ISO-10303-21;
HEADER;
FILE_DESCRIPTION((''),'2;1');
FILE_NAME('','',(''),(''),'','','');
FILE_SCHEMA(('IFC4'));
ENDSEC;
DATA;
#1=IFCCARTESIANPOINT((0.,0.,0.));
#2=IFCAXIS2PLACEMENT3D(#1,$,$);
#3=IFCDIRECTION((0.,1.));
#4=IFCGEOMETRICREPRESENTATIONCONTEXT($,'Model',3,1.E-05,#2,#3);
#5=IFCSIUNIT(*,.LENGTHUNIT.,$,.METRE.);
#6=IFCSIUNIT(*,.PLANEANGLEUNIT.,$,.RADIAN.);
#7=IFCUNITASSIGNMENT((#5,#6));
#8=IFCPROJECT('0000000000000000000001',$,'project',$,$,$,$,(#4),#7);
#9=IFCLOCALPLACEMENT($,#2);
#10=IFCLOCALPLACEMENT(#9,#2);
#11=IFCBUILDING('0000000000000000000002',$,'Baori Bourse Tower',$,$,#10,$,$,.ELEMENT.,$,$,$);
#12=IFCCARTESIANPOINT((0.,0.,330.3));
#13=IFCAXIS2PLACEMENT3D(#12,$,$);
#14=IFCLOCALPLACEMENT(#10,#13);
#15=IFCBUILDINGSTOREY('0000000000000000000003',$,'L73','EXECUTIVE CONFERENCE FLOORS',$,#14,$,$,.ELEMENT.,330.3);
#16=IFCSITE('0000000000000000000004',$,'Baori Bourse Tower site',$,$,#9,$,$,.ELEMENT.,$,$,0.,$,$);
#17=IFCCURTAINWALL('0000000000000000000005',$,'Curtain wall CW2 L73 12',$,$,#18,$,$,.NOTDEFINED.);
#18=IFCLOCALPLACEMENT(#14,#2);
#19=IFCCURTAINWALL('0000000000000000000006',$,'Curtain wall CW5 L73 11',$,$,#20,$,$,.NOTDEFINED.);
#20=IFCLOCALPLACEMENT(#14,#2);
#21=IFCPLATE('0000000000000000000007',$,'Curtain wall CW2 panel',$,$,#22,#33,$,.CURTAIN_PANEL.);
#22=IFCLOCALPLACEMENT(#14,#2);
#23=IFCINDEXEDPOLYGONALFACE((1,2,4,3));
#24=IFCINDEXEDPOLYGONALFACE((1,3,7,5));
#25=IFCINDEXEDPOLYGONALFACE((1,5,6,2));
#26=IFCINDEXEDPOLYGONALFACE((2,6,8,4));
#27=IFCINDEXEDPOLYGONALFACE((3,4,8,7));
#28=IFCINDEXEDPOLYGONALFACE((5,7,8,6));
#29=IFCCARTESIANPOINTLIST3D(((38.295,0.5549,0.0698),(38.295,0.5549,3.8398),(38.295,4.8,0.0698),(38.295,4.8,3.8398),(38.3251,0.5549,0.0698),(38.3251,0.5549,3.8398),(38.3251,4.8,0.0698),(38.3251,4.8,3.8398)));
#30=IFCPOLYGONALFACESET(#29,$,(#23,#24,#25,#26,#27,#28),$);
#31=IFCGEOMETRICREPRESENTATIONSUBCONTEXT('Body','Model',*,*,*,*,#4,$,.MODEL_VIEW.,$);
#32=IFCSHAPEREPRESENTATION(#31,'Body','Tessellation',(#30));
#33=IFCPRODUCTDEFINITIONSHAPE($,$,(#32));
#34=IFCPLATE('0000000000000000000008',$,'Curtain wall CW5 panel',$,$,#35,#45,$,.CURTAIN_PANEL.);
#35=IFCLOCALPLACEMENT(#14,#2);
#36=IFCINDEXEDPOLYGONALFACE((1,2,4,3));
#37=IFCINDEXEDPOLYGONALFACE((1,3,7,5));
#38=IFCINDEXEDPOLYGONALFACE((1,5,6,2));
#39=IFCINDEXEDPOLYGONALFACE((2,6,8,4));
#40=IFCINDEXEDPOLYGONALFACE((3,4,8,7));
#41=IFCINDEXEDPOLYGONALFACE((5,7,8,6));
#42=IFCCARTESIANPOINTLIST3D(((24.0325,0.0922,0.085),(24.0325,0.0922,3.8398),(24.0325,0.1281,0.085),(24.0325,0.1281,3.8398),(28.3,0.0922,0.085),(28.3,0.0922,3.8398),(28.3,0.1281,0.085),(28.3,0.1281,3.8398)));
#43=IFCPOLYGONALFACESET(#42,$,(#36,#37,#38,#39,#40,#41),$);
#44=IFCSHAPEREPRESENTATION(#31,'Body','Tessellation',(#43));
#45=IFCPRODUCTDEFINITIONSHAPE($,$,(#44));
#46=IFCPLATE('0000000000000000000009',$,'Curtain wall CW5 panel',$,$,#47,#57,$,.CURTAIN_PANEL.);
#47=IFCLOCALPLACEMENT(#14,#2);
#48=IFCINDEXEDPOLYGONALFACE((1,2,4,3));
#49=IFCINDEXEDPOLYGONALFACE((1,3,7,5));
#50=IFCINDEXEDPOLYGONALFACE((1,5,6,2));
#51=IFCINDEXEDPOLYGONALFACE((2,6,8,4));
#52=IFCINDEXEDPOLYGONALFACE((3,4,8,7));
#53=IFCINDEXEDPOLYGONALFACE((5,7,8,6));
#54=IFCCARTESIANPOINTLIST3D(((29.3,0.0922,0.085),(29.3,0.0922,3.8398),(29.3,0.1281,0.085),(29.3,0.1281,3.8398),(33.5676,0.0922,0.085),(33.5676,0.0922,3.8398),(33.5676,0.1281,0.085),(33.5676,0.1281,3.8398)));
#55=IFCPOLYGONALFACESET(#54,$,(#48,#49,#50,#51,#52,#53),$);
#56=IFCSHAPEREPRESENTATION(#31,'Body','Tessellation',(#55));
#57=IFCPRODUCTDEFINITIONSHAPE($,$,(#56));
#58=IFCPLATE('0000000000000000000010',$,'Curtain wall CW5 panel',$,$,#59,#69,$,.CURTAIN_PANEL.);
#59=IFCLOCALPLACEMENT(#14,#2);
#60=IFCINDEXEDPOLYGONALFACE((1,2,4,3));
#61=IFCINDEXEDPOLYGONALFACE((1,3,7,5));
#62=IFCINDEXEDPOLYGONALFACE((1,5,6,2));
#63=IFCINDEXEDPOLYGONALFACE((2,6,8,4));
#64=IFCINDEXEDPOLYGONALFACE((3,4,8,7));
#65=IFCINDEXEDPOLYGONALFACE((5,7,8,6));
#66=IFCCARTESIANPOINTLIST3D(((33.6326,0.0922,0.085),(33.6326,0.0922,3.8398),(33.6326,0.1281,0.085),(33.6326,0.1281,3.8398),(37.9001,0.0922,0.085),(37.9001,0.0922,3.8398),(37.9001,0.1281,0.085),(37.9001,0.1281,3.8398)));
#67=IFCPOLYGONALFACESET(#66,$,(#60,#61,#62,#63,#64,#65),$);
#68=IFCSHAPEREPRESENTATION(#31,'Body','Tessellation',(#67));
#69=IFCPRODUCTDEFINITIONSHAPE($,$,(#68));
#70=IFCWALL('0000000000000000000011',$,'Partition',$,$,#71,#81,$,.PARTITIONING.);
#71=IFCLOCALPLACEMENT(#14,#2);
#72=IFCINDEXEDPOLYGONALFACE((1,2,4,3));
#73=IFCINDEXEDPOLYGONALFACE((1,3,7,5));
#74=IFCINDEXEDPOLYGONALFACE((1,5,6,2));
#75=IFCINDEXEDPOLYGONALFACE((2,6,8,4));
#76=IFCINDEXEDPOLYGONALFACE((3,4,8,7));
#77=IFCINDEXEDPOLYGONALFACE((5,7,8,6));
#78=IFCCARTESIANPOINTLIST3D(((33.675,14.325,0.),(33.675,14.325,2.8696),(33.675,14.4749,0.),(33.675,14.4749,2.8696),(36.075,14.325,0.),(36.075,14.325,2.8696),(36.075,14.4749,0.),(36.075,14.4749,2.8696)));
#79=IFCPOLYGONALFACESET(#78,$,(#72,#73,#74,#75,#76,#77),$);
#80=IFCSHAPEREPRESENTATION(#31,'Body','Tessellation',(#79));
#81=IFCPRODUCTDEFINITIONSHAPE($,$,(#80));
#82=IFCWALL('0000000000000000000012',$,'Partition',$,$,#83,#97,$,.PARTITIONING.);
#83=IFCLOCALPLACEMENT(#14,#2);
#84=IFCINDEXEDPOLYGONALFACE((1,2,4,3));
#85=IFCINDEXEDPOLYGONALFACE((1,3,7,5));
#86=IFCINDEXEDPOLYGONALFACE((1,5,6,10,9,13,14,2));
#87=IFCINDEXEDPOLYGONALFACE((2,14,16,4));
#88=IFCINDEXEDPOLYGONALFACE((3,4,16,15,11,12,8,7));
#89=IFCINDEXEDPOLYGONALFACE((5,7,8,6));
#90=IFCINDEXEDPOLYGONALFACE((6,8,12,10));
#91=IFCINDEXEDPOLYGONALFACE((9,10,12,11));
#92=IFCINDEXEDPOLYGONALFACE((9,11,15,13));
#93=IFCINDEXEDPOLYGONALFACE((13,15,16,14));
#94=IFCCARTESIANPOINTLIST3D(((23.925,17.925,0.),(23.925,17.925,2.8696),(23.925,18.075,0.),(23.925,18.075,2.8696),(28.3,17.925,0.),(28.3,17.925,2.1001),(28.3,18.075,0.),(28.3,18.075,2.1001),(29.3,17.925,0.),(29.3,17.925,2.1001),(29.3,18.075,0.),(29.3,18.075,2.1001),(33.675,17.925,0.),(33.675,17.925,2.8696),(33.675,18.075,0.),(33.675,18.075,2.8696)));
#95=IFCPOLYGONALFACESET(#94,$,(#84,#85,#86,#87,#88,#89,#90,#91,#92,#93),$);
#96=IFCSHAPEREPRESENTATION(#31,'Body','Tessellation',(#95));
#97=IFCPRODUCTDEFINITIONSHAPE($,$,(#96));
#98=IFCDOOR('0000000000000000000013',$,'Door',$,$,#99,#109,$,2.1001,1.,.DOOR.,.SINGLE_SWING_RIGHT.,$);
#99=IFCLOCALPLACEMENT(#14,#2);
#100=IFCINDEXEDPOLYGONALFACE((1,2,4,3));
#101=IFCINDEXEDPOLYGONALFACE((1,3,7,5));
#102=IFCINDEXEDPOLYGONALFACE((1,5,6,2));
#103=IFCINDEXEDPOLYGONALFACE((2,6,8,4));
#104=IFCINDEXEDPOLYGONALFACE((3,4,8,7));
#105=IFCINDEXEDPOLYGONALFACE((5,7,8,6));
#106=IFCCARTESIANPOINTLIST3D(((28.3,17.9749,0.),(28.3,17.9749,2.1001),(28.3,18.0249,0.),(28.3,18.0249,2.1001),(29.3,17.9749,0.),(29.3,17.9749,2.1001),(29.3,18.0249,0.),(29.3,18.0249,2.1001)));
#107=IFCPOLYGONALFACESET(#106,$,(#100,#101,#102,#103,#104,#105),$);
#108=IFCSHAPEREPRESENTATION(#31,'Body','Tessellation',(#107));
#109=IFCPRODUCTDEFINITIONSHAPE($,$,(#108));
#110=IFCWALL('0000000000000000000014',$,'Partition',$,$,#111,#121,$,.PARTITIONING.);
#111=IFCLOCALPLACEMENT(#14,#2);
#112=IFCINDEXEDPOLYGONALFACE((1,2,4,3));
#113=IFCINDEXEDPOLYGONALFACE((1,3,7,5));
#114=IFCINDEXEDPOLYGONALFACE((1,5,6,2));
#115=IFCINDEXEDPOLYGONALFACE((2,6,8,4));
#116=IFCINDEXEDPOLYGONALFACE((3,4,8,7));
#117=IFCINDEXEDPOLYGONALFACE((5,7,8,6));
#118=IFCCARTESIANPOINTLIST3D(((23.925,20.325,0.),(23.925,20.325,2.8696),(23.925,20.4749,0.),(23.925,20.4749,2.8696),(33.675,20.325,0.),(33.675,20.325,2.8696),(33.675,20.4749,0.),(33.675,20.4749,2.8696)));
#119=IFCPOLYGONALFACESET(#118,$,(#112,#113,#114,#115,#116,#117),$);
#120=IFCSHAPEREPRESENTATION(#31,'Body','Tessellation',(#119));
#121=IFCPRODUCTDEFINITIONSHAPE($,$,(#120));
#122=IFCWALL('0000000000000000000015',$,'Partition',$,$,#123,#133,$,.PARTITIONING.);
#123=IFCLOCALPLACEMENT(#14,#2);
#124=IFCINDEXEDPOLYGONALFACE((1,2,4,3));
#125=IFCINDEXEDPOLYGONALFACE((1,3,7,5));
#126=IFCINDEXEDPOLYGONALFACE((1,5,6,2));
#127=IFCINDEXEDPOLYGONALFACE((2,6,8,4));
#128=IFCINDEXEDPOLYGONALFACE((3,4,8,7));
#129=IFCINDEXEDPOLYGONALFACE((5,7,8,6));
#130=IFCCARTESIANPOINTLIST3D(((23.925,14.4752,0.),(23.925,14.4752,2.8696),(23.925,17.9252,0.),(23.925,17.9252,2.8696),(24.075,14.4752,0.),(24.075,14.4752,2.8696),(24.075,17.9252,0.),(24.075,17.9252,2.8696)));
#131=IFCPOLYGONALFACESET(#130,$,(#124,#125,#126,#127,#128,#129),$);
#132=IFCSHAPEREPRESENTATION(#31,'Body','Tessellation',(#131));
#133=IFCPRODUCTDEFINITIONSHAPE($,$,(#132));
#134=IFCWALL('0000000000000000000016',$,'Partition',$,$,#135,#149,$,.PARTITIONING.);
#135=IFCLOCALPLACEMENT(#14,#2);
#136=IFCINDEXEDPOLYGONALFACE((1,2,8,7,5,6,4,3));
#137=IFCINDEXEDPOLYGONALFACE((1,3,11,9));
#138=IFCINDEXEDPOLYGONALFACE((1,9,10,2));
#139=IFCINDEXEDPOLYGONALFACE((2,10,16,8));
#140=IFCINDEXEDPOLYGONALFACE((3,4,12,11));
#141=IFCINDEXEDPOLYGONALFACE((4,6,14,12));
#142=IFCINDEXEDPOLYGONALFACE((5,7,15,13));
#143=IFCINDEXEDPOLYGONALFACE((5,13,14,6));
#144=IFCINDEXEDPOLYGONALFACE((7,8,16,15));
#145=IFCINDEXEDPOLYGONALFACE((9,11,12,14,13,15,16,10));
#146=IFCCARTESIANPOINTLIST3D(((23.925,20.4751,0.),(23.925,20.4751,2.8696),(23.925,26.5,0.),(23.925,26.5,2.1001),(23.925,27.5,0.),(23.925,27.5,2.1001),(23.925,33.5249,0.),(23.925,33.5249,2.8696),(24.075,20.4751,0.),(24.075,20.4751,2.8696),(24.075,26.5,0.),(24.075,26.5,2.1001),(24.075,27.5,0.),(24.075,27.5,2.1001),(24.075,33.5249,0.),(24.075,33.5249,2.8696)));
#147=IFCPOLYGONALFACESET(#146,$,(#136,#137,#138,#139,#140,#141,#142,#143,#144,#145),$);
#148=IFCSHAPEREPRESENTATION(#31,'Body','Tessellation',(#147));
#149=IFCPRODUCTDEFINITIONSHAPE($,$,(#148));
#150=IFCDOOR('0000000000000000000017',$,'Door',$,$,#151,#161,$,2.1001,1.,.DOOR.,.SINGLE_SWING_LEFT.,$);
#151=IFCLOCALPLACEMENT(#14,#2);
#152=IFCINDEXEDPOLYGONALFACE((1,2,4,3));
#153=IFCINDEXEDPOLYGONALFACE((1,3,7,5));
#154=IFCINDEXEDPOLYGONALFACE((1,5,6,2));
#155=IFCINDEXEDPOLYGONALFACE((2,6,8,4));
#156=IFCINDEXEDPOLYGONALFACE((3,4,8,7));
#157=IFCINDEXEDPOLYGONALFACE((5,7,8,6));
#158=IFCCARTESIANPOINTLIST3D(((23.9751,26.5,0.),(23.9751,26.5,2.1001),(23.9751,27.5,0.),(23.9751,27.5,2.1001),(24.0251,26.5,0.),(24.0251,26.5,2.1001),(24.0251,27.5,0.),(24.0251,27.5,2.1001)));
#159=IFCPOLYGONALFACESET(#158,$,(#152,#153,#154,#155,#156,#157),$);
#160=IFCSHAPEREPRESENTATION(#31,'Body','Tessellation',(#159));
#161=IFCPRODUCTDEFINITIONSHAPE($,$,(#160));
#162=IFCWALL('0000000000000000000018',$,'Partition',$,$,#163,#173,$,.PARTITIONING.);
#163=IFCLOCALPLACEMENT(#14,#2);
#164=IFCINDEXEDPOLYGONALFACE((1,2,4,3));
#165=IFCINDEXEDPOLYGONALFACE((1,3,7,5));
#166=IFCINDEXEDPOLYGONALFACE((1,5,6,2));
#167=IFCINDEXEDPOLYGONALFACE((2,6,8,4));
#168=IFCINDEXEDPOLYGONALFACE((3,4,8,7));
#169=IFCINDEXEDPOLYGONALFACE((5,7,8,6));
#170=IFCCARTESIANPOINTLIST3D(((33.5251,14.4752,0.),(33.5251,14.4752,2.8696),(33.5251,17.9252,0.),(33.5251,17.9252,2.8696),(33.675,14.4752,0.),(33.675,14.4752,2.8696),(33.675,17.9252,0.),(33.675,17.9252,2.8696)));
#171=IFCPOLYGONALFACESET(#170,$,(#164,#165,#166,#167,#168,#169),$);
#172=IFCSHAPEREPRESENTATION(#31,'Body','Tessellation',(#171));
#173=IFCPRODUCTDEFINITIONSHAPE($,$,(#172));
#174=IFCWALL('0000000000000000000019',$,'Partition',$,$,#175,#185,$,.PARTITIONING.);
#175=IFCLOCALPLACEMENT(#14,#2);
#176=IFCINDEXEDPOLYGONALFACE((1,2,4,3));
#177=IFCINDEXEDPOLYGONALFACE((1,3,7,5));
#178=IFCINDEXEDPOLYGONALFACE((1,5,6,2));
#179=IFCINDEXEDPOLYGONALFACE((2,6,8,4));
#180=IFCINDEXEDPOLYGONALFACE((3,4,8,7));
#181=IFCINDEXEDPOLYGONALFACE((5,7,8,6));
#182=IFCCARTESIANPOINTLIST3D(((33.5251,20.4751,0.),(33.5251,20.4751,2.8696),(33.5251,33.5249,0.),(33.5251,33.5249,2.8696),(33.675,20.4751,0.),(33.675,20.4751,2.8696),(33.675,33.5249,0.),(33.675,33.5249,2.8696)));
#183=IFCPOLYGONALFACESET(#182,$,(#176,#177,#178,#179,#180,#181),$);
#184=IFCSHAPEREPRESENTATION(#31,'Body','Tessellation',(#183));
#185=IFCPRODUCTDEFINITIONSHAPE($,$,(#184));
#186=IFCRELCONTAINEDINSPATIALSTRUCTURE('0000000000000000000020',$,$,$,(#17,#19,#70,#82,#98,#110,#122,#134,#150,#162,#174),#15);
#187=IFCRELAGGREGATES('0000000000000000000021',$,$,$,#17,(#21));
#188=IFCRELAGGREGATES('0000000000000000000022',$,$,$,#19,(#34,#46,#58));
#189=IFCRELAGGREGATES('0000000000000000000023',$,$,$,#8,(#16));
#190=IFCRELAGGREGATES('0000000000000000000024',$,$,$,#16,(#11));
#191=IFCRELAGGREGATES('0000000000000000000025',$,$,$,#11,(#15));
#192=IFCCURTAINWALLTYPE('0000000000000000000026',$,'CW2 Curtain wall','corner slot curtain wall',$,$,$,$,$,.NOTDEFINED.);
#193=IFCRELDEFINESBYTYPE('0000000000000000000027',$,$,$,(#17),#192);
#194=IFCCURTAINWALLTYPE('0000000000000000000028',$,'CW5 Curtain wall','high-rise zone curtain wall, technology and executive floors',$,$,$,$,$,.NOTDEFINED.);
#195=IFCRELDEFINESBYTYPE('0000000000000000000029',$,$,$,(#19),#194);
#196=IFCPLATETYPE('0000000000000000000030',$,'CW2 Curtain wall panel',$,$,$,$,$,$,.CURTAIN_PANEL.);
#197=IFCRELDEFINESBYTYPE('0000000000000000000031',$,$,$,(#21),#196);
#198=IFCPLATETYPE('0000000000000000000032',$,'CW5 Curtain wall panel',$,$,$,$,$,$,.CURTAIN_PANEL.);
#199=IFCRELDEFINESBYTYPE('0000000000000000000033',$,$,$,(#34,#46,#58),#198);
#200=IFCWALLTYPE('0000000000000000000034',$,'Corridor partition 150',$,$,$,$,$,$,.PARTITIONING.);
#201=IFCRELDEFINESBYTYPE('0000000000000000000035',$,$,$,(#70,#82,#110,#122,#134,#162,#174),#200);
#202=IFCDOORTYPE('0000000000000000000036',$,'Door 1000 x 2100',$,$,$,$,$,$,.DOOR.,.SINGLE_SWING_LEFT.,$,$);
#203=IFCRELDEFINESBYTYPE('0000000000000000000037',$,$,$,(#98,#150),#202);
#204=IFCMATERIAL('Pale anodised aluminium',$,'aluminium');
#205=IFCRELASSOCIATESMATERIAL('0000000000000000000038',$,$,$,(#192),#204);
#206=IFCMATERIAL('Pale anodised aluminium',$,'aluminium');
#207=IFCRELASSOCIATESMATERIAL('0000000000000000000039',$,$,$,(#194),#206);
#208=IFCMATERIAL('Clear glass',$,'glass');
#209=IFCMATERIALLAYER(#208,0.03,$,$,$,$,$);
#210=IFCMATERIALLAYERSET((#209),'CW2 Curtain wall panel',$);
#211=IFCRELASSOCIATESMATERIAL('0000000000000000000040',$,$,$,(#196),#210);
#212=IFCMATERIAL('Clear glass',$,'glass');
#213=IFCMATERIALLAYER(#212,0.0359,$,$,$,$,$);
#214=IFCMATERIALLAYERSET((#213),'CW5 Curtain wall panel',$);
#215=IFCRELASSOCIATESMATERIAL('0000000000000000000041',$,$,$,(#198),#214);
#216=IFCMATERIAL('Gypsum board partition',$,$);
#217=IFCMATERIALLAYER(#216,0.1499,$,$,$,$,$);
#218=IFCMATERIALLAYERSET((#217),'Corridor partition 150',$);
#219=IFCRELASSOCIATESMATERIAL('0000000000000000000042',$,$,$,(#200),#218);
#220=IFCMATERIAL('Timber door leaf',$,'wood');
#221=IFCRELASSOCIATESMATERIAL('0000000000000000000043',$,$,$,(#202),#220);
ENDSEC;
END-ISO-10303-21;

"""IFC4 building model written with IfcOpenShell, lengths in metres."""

from ifc_helpers import new_model, si_unit, direction, frame, frame_2d, origin, origin_2d, place, context, subcontext, project, spatial, rectangle, extrude, material, layer, layer_set, type_object, element, fill, aggregate, save


model = new_model("IFC4")

# Units and contexts
model_context = context("Model", 3, precision=1e-05, world=origin(), true_north=direction((0.0, 1.0)))
body_context = subcontext(model_context, "Body", "Model", "MODEL_VIEW")
ifc_project = project(units=[si_unit("LENGTHUNIT", "METRE"), si_unit("PLANEANGLEUNIT", "RADIAN")], contexts=[model_context])

# Site, building, storey
site_placement = place(None, origin())
site = spatial("IfcSite", under=ifc_project, at=site_placement, Name="Baori Bourse Tower site", CompositionType="ELEMENT", RefElevation=0.0)
building_placement = place(site_placement, origin())
building = spatial("IfcBuilding", under=site, at=building_placement, Name="Baori Bourse Tower", CompositionType="ELEMENT")
storey_placement = place(building_placement, frame((0.0, 0.0, 330.3)))
storey = spatial("IfcBuildingStorey", under=building, at=storey_placement, Name="L73", Description="EXECUTIVE CONFERENCE FLOORS", CompositionType="ELEMENT", Elevation=330.3)

# Curtain wall
ifc_material_1 = material(Name="Pale anodised aluminium", Category="aluminium")
curtain_wall_type_1 = type_object("IfcCurtainWallType", Name="CW2 Curtain wall", Description="corner slot curtain wall", PredefinedType="NOTDEFINED", material=ifc_material_1)
curtain_wall_1_placement = place(storey_placement, origin())
curtain_wall_1 = element("IfcCurtainWall", 1, at=curtain_wall_1_placement, inside=storey, type_object=curtain_wall_type_1, Name="Curtain wall CW2 L73 12", PredefinedType="NOTDEFINED")

# Curtain wall
ifc_material_2 = material(Name="Pale anodised aluminium", Category="aluminium")
curtain_wall_type_2 = type_object("IfcCurtainWallType", Name="CW5 Curtain wall", Description="high-rise zone curtain wall, technology and executive floors", PredefinedType="NOTDEFINED", material=ifc_material_2)
curtain_wall_2_placement = place(storey_placement, origin())
curtain_wall_2 = element("IfcCurtainWall", 2, at=curtain_wall_2_placement, inside=storey, type_object=curtain_wall_type_2, Name="Curtain wall CW5 L73 11", PredefinedType="NOTDEFINED")

# Plates
ifc_material_3 = material(Name="Clear glass", Category="glass")
ifc_layer_1 = layer(ifc_material_3, 0.03)
ifc_layer_set_1 = layer_set([ifc_layer_1], Name="CW2 Curtain wall panel")
plate_type_1 = type_object("IfcPlateType", Name="CW2 Curtain wall panel", PredefinedType="CURTAIN_PANEL", material=ifc_layer_set_1)
plate_1_placement = place(storey_placement, frame((38.3101, 2.6775, 0.0698), z_axis=(0.0, 0.0, 1.0), x_axis=(0.0, 1.0, 0.0)))
plate_1 = element("IfcPlate", 3, at=plate_1_placement, type_object=plate_type_1, Name="Curtain wall CW2 panel", PredefinedType="CURTAIN_PANEL", context=body_context, shape_type="SweptSolid", body=[
    extrude(rectangle(XDim=4.2451, YDim=0.03, at=origin_2d()), origin(), (0.0, 0.0, 1.0), 3.77),
])
aggregate(curtain_wall_1, [plate_1])
ifc_material_4 = material(Name="Clear glass", Category="glass")
ifc_layer_2 = layer(ifc_material_4, 0.0359)
ifc_layer_set_2 = layer_set([ifc_layer_2], Name="CW5 Curtain wall panel")
plate_type_2 = type_object("IfcPlateType", Name="CW5 Curtain wall panel", PredefinedType="CURTAIN_PANEL", material=ifc_layer_set_2)
plate_2_placement = place(storey_placement, frame((26.1663, 0.1101, 0.085), z_axis=(0.0, 0.0, 1.0), x_axis=(1.0, 0.0, 0.0)))
plate_2 = element("IfcPlate", 4, at=plate_2_placement, type_object=plate_type_2, Name="Curtain wall CW5 panel", PredefinedType="CURTAIN_PANEL", context=body_context, shape_type="SweptSolid", body=[
    extrude(rectangle(XDim=4.2676, YDim=0.0359, at=origin_2d()), origin(), (0.0, 0.0, 1.0), 3.7549),
])
plate_3_placement = place(storey_placement, frame((31.4338, 0.1101, 0.085), z_axis=(0.0, 0.0, 1.0), x_axis=(1.0, 0.0, 0.0)))
plate_3 = element("IfcPlate", 5, at=plate_3_placement, type_object=plate_type_2, Name="Curtain wall CW5 panel", PredefinedType="CURTAIN_PANEL", context=body_context, shape_type="SweptSolid", body=[
    extrude(rectangle(XDim=4.2676, YDim=0.0359, at=origin_2d()), origin(), (0.0, 0.0, 1.0), 3.7549),
])
plate_4_placement = place(storey_placement, frame((35.7664, 0.1101, 0.085), z_axis=(0.0, 0.0, 1.0), x_axis=(1.0, 0.0, 0.0)))
plate_4 = element("IfcPlate", 6, at=plate_4_placement, type_object=plate_type_2, Name="Curtain wall CW5 panel", PredefinedType="CURTAIN_PANEL", context=body_context, shape_type="SweptSolid", body=[
    extrude(rectangle(XDim=4.2676, YDim=0.0359, at=origin_2d()), origin(), (0.0, 0.0, 1.0), 3.7549),
])
aggregate(curtain_wall_2, [plate_2, plate_3, plate_4])

# Wall
ifc_material_5 = material(Name="Gypsum board partition")
ifc_layer_3 = layer(ifc_material_5, 0.1499)
ifc_layer_set_3 = layer_set([ifc_layer_3], Name="Corridor partition 150")
wall_type_1 = type_object("IfcWallType", Name="Corridor partition 150", PredefinedType="PARTITIONING", material=ifc_layer_set_3)
wall_1_placement = place(storey_placement, frame((33.675, 14.3999, 0.0), z_axis=(0.0, 0.0, 1.0), x_axis=(1.0, 0.0, 0.0)))
element("IfcWall", 7, at=wall_1_placement, inside=storey, type_object=wall_type_1, Name="Partition", PredefinedType="PARTITIONING", context=body_context, shape_type="SweptSolid", body=[
    extrude(rectangle(XDim=2.3999, YDim=0.1499, at=frame_2d((1.2, 0.0))), origin(), (0.0, 0.0, 1.0), 2.8696),
])

# Wall, opening, door
wall_2_placement = place(storey_placement, frame((23.925, 18.0, 0.0), z_axis=(0.0, 0.0, 1.0), x_axis=(1.0, 0.0, 0.0)))
wall_2 = element("IfcWall", 8, at=wall_2_placement, inside=storey, type_object=wall_type_1, Name="Partition", PredefinedType="PARTITIONING", context=body_context, shape_type="SweptSolid", body=[
    extrude(rectangle(XDim=9.75, YDim=0.1499, at=frame_2d((4.875, 0.0))), origin(), (0.0, 0.0, 1.0), 2.8696),
])
opening_1_placement = place(wall_2_placement, frame((4.375, 0.0, 0.0)))
opening_1 = element("IfcOpeningElement", 9, at=opening_1_placement, cuts=wall_2, PredefinedType="OPENING", context=body_context, shape_type="SweptSolid", body=[
    extrude(rectangle(XDim=1.0, YDim=2.1001, at=frame_2d((0.5, 1.05))), frame((0.0, 0.085, 0.0), z_axis=(0.0, -1.0, 0.0), x_axis=(1.0, 0.0, 0.0)), (0.0, 0.0, 1.0), 0.1699),
])
ifc_material_6 = material(Name="Timber door leaf", Category="wood")
door_type = type_object("IfcDoorType", Name="Door 1000 x 2100", OperationType="SINGLE_SWING_LEFT", PredefinedType="DOOR", material=ifc_material_6)
door_1_placement = place(opening_1_placement, origin())
door_1 = element("IfcDoor", 10, at=door_1_placement, inside=storey, type_object=door_type, Name="Door", OperationType="SINGLE_SWING_RIGHT", OverallHeight=2.1001, OverallWidth=1.0, PredefinedType="DOOR", context=body_context, shape_type="SweptSolid", body=[
    extrude(rectangle(XDim=1.0, YDim=2.1001, at=frame_2d((0.5, 1.05))), frame((0.0, 0.0249, 0.0), z_axis=(0.0, -1.0, 0.0), x_axis=(1.0, 0.0, 0.0)), (0.0, 0.0, 1.0), 0.05),
])
fill(opening_1, door_1)

# Walls
wall_3_placement = place(storey_placement, frame((23.925, 20.3999, 0.0), z_axis=(0.0, 0.0, 1.0), x_axis=(1.0, 0.0, 0.0)))
element("IfcWall", 11, at=wall_3_placement, inside=storey, type_object=wall_type_1, Name="Partition", PredefinedType="PARTITIONING", context=body_context, shape_type="SweptSolid", body=[
    extrude(rectangle(XDim=9.75, YDim=0.1499, at=frame_2d((4.875, 0.0))), origin(), (0.0, 0.0, 1.0), 2.8696),
])
wall_4_placement = place(storey_placement, frame((24.0, 14.4751, 0.0), z_axis=(0.0, 0.0, 1.0), x_axis=(0.0, 1.0, 0.0)))
element("IfcWall", 12, at=wall_4_placement, inside=storey, type_object=wall_type_1, Name="Partition", PredefinedType="PARTITIONING", context=body_context, shape_type="SweptSolid", body=[
    extrude(rectangle(XDim=3.45, YDim=0.1499, at=frame_2d((1.7251, 0.0))), origin(), (0.0, 0.0, 1.0), 2.8696),
])

# Wall, opening, door
wall_5_placement = place(storey_placement, frame((24.0, 20.4751, 0.0), z_axis=(0.0, 0.0, 1.0), x_axis=(0.0, 1.0, 0.0)))
wall_5 = element("IfcWall", 13, at=wall_5_placement, inside=storey, type_object=wall_type_1, Name="Partition", PredefinedType="PARTITIONING", context=body_context, shape_type="SweptSolid", body=[
    extrude(rectangle(XDim=13.0498, YDim=0.1499, at=frame_2d((6.5249, 0.0))), origin(), (0.0, 0.0, 1.0), 2.8696),
])
opening_2_placement = place(wall_5_placement, frame((6.0249, 0.0, 0.0)))
opening_2 = element("IfcOpeningElement", 14, at=opening_2_placement, cuts=wall_5, PredefinedType="OPENING", context=body_context, shape_type="SweptSolid", body=[
    extrude(rectangle(XDim=1.0, YDim=2.1001, at=frame_2d((0.5, 1.05))), frame((0.0, 0.085, 0.0), z_axis=(0.0, -1.0, 0.0), x_axis=(1.0, 0.0, 0.0)), (0.0, 0.0, 1.0), 0.1699),
])
door_2_placement = place(opening_2_placement, origin())
door_2 = element("IfcDoor", 15, at=door_2_placement, inside=storey, type_object=door_type, Name="Door", OperationType="SINGLE_SWING_LEFT", OverallHeight=2.1001, OverallWidth=1.0, PredefinedType="DOOR", context=body_context, shape_type="SweptSolid", body=[
    extrude(rectangle(XDim=1.0, YDim=2.1001, at=frame_2d((0.5, 1.05))), frame((0.0, 0.0249, 0.0), z_axis=(0.0, -1.0, 0.0), x_axis=(1.0, 0.0, 0.0)), (0.0, 0.0, 1.0), 0.05),
])
fill(opening_2, door_2)

# Walls
wall_6_placement = place(storey_placement, frame((33.6001, 14.4751, 0.0), z_axis=(0.0, 0.0, 1.0), x_axis=(0.0, 1.0, 0.0)))
element("IfcWall", 16, at=wall_6_placement, inside=storey, type_object=wall_type_1, Name="Partition", PredefinedType="PARTITIONING", context=body_context, shape_type="SweptSolid", body=[
    extrude(rectangle(XDim=3.45, YDim=0.1499, at=frame_2d((1.7251, 0.0))), origin(), (0.0, 0.0, 1.0), 2.8696),
])
wall_7_placement = place(storey_placement, frame((33.6001, 20.4751, 0.0), z_axis=(0.0, 0.0, 1.0), x_axis=(0.0, 1.0, 0.0)))
element("IfcWall", 17, at=wall_7_placement, inside=storey, type_object=wall_type_1, Name="Partition", PredefinedType="PARTITIONING", context=body_context, shape_type="SweptSolid", body=[
    extrude(rectangle(XDim=13.0498, YDim=0.1499, at=frame_2d((6.5249, 0.0))), origin(), (0.0, 0.0, 1.0), 2.8696),
])

save(model, "model.ifc")
